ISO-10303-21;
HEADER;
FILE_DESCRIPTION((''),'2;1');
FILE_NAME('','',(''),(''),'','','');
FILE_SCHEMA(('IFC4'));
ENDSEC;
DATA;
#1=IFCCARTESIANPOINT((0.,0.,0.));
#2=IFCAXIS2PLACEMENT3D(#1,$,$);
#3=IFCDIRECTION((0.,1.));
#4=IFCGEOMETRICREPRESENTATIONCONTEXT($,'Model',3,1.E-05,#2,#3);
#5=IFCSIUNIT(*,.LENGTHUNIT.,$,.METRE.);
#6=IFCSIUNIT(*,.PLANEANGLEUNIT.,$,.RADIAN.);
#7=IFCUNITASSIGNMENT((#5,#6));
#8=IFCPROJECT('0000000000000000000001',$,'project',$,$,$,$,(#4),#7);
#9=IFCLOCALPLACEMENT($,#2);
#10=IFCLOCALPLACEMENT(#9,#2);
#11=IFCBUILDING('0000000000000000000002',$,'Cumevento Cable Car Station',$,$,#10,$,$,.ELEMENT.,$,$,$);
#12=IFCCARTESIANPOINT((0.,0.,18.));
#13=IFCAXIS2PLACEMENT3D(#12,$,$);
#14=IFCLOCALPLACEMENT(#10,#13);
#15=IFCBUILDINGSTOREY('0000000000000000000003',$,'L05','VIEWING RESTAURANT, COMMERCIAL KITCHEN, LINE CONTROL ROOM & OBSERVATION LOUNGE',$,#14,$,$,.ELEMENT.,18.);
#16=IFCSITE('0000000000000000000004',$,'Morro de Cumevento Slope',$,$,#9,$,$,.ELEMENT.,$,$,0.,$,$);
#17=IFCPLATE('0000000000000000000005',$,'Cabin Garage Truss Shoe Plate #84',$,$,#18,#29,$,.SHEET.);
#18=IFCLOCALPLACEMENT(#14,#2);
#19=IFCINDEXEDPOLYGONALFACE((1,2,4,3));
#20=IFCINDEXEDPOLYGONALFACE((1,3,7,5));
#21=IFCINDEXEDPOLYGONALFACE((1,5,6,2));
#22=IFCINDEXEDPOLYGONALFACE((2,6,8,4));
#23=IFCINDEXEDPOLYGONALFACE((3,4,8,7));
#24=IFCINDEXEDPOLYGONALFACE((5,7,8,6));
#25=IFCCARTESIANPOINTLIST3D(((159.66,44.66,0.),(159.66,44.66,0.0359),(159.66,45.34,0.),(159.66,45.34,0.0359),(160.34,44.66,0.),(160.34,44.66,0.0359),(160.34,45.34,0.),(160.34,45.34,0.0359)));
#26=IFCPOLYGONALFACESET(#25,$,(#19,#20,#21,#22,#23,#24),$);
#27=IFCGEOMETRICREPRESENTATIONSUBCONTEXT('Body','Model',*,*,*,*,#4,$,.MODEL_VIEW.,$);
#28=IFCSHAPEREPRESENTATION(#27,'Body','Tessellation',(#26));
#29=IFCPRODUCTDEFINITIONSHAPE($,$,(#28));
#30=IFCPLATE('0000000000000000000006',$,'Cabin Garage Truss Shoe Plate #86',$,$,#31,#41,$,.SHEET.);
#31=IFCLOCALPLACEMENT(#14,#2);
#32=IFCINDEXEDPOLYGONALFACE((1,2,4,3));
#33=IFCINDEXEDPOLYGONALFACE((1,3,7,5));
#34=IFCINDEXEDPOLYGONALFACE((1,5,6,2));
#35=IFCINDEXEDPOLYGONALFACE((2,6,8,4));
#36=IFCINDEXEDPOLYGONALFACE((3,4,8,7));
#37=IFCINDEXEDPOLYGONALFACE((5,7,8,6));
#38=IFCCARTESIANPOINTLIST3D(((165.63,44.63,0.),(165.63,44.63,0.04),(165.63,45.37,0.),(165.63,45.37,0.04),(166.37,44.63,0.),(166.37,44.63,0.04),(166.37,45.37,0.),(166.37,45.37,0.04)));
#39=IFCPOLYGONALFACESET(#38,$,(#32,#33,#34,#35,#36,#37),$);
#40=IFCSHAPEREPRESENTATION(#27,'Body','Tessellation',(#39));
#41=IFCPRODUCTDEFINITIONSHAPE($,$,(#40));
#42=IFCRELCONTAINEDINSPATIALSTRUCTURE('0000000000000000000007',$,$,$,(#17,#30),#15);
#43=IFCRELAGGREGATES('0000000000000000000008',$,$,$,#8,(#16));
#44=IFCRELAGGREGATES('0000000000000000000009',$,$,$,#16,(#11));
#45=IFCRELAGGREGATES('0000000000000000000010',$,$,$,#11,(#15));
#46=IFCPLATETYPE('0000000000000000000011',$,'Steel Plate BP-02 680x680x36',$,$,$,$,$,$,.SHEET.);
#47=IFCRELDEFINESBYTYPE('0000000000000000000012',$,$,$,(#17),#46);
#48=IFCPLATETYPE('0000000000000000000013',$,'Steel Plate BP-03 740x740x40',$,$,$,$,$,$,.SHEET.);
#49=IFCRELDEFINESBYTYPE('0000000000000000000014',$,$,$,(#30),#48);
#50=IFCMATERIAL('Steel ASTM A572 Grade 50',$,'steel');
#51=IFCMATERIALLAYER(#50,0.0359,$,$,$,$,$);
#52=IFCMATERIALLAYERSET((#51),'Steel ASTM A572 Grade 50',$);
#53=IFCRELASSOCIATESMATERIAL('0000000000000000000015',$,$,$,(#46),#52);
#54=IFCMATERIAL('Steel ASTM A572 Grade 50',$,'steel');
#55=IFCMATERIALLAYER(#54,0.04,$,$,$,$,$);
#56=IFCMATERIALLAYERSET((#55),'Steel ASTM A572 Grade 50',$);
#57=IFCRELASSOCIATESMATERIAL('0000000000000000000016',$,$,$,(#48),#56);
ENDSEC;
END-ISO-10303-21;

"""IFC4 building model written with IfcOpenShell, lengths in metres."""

from ifc_helpers import new_model, si_unit, direction, frame, origin, origin_2d, place, context, subcontext, project, spatial, rectangle, extrude, material, layer, layer_set, type_object, element, save


model = new_model("IFC4")

# Units and contexts
model_context = context("Model", 3, precision=1e-05, world=origin(), true_north=direction((0.0, 1.0)))
body_context = subcontext(model_context, "Body", "Model", "MODEL_VIEW")
ifc_project = project(units=[si_unit("LENGTHUNIT", "METRE"), si_unit("PLANEANGLEUNIT", "RADIAN")], contexts=[model_context])

# Site, building, storey
site_placement = place(None, origin())
site = spatial("IfcSite", under=ifc_project, at=site_placement, Name="Morro de Cumevento Slope", CompositionType="ELEMENT", RefElevation=0.0)
building_placement = place(site_placement, origin())
building = spatial("IfcBuilding", under=site, at=building_placement, Name="Cumevento Cable Car Station", CompositionType="ELEMENT")
storey_placement = place(building_placement, frame((0.0, 0.0, 18.0)))
storey = spatial("IfcBuildingStorey", under=building, at=storey_placement, Name="L05", Description="VIEWING RESTAURANT, COMMERCIAL KITCHEN, LINE CONTROL ROOM & OBSERVATION LOUNGE", CompositionType="ELEMENT", Elevation=18.0)

# Plates
ifc_material_1 = material(Name="Steel ASTM A572 Grade 50", Category="steel")
ifc_layer_1 = layer(ifc_material_1, 0.0359)
ifc_layer_set_1 = layer_set([ifc_layer_1], Name="Steel ASTM A572 Grade 50")
plate_type_1 = type_object("IfcPlateType", Name="Steel Plate BP-02 680x680x36", PredefinedType="SHEET", material=ifc_layer_set_1)
plate_1_placement = place(storey_placement, frame((160.0, 45.0, 0.0), z_axis=(0.0, 0.0, 1.0), x_axis=(1.0, 0.0, 0.0)))
element("IfcPlate", 1, at=plate_1_placement, inside=storey, type_object=plate_type_1, Name="Cabin Garage Truss Shoe Plate #84", PredefinedType="SHEET", context=body_context, shape_type="SweptSolid", body=[
    extrude(rectangle(XDim=0.6799, YDim=0.6799, at=origin_2d()), origin(), (0.0, 0.0, 1.0), 0.0359),
])
ifc_material_2 = material(Name="Steel ASTM A572 Grade 50", Category="steel")
ifc_layer_2 = layer(ifc_material_2, 0.04)
ifc_layer_set_2 = layer_set([ifc_layer_2], Name="Steel ASTM A572 Grade 50")
plate_type_2 = type_object("IfcPlateType", Name="Steel Plate BP-03 740x740x40", PredefinedType="SHEET", material=ifc_layer_set_2)
plate_2_placement = place(storey_placement, frame((166.0, 45.0, 0.0), z_axis=(0.0, 0.0, 1.0), x_axis=(1.0, 0.0, 0.0)))
element("IfcPlate", 2, at=plate_2_placement, inside=storey, type_object=plate_type_2, Name="Cabin Garage Truss Shoe Plate #86", PredefinedType="SHEET", context=body_context, shape_type="SweptSolid", body=[
    extrude(rectangle(XDim=0.74, YDim=0.74, at=origin_2d()), origin(), (0.0, 0.0, 1.0), 0.04),
])

save(model, "model.ifc")
